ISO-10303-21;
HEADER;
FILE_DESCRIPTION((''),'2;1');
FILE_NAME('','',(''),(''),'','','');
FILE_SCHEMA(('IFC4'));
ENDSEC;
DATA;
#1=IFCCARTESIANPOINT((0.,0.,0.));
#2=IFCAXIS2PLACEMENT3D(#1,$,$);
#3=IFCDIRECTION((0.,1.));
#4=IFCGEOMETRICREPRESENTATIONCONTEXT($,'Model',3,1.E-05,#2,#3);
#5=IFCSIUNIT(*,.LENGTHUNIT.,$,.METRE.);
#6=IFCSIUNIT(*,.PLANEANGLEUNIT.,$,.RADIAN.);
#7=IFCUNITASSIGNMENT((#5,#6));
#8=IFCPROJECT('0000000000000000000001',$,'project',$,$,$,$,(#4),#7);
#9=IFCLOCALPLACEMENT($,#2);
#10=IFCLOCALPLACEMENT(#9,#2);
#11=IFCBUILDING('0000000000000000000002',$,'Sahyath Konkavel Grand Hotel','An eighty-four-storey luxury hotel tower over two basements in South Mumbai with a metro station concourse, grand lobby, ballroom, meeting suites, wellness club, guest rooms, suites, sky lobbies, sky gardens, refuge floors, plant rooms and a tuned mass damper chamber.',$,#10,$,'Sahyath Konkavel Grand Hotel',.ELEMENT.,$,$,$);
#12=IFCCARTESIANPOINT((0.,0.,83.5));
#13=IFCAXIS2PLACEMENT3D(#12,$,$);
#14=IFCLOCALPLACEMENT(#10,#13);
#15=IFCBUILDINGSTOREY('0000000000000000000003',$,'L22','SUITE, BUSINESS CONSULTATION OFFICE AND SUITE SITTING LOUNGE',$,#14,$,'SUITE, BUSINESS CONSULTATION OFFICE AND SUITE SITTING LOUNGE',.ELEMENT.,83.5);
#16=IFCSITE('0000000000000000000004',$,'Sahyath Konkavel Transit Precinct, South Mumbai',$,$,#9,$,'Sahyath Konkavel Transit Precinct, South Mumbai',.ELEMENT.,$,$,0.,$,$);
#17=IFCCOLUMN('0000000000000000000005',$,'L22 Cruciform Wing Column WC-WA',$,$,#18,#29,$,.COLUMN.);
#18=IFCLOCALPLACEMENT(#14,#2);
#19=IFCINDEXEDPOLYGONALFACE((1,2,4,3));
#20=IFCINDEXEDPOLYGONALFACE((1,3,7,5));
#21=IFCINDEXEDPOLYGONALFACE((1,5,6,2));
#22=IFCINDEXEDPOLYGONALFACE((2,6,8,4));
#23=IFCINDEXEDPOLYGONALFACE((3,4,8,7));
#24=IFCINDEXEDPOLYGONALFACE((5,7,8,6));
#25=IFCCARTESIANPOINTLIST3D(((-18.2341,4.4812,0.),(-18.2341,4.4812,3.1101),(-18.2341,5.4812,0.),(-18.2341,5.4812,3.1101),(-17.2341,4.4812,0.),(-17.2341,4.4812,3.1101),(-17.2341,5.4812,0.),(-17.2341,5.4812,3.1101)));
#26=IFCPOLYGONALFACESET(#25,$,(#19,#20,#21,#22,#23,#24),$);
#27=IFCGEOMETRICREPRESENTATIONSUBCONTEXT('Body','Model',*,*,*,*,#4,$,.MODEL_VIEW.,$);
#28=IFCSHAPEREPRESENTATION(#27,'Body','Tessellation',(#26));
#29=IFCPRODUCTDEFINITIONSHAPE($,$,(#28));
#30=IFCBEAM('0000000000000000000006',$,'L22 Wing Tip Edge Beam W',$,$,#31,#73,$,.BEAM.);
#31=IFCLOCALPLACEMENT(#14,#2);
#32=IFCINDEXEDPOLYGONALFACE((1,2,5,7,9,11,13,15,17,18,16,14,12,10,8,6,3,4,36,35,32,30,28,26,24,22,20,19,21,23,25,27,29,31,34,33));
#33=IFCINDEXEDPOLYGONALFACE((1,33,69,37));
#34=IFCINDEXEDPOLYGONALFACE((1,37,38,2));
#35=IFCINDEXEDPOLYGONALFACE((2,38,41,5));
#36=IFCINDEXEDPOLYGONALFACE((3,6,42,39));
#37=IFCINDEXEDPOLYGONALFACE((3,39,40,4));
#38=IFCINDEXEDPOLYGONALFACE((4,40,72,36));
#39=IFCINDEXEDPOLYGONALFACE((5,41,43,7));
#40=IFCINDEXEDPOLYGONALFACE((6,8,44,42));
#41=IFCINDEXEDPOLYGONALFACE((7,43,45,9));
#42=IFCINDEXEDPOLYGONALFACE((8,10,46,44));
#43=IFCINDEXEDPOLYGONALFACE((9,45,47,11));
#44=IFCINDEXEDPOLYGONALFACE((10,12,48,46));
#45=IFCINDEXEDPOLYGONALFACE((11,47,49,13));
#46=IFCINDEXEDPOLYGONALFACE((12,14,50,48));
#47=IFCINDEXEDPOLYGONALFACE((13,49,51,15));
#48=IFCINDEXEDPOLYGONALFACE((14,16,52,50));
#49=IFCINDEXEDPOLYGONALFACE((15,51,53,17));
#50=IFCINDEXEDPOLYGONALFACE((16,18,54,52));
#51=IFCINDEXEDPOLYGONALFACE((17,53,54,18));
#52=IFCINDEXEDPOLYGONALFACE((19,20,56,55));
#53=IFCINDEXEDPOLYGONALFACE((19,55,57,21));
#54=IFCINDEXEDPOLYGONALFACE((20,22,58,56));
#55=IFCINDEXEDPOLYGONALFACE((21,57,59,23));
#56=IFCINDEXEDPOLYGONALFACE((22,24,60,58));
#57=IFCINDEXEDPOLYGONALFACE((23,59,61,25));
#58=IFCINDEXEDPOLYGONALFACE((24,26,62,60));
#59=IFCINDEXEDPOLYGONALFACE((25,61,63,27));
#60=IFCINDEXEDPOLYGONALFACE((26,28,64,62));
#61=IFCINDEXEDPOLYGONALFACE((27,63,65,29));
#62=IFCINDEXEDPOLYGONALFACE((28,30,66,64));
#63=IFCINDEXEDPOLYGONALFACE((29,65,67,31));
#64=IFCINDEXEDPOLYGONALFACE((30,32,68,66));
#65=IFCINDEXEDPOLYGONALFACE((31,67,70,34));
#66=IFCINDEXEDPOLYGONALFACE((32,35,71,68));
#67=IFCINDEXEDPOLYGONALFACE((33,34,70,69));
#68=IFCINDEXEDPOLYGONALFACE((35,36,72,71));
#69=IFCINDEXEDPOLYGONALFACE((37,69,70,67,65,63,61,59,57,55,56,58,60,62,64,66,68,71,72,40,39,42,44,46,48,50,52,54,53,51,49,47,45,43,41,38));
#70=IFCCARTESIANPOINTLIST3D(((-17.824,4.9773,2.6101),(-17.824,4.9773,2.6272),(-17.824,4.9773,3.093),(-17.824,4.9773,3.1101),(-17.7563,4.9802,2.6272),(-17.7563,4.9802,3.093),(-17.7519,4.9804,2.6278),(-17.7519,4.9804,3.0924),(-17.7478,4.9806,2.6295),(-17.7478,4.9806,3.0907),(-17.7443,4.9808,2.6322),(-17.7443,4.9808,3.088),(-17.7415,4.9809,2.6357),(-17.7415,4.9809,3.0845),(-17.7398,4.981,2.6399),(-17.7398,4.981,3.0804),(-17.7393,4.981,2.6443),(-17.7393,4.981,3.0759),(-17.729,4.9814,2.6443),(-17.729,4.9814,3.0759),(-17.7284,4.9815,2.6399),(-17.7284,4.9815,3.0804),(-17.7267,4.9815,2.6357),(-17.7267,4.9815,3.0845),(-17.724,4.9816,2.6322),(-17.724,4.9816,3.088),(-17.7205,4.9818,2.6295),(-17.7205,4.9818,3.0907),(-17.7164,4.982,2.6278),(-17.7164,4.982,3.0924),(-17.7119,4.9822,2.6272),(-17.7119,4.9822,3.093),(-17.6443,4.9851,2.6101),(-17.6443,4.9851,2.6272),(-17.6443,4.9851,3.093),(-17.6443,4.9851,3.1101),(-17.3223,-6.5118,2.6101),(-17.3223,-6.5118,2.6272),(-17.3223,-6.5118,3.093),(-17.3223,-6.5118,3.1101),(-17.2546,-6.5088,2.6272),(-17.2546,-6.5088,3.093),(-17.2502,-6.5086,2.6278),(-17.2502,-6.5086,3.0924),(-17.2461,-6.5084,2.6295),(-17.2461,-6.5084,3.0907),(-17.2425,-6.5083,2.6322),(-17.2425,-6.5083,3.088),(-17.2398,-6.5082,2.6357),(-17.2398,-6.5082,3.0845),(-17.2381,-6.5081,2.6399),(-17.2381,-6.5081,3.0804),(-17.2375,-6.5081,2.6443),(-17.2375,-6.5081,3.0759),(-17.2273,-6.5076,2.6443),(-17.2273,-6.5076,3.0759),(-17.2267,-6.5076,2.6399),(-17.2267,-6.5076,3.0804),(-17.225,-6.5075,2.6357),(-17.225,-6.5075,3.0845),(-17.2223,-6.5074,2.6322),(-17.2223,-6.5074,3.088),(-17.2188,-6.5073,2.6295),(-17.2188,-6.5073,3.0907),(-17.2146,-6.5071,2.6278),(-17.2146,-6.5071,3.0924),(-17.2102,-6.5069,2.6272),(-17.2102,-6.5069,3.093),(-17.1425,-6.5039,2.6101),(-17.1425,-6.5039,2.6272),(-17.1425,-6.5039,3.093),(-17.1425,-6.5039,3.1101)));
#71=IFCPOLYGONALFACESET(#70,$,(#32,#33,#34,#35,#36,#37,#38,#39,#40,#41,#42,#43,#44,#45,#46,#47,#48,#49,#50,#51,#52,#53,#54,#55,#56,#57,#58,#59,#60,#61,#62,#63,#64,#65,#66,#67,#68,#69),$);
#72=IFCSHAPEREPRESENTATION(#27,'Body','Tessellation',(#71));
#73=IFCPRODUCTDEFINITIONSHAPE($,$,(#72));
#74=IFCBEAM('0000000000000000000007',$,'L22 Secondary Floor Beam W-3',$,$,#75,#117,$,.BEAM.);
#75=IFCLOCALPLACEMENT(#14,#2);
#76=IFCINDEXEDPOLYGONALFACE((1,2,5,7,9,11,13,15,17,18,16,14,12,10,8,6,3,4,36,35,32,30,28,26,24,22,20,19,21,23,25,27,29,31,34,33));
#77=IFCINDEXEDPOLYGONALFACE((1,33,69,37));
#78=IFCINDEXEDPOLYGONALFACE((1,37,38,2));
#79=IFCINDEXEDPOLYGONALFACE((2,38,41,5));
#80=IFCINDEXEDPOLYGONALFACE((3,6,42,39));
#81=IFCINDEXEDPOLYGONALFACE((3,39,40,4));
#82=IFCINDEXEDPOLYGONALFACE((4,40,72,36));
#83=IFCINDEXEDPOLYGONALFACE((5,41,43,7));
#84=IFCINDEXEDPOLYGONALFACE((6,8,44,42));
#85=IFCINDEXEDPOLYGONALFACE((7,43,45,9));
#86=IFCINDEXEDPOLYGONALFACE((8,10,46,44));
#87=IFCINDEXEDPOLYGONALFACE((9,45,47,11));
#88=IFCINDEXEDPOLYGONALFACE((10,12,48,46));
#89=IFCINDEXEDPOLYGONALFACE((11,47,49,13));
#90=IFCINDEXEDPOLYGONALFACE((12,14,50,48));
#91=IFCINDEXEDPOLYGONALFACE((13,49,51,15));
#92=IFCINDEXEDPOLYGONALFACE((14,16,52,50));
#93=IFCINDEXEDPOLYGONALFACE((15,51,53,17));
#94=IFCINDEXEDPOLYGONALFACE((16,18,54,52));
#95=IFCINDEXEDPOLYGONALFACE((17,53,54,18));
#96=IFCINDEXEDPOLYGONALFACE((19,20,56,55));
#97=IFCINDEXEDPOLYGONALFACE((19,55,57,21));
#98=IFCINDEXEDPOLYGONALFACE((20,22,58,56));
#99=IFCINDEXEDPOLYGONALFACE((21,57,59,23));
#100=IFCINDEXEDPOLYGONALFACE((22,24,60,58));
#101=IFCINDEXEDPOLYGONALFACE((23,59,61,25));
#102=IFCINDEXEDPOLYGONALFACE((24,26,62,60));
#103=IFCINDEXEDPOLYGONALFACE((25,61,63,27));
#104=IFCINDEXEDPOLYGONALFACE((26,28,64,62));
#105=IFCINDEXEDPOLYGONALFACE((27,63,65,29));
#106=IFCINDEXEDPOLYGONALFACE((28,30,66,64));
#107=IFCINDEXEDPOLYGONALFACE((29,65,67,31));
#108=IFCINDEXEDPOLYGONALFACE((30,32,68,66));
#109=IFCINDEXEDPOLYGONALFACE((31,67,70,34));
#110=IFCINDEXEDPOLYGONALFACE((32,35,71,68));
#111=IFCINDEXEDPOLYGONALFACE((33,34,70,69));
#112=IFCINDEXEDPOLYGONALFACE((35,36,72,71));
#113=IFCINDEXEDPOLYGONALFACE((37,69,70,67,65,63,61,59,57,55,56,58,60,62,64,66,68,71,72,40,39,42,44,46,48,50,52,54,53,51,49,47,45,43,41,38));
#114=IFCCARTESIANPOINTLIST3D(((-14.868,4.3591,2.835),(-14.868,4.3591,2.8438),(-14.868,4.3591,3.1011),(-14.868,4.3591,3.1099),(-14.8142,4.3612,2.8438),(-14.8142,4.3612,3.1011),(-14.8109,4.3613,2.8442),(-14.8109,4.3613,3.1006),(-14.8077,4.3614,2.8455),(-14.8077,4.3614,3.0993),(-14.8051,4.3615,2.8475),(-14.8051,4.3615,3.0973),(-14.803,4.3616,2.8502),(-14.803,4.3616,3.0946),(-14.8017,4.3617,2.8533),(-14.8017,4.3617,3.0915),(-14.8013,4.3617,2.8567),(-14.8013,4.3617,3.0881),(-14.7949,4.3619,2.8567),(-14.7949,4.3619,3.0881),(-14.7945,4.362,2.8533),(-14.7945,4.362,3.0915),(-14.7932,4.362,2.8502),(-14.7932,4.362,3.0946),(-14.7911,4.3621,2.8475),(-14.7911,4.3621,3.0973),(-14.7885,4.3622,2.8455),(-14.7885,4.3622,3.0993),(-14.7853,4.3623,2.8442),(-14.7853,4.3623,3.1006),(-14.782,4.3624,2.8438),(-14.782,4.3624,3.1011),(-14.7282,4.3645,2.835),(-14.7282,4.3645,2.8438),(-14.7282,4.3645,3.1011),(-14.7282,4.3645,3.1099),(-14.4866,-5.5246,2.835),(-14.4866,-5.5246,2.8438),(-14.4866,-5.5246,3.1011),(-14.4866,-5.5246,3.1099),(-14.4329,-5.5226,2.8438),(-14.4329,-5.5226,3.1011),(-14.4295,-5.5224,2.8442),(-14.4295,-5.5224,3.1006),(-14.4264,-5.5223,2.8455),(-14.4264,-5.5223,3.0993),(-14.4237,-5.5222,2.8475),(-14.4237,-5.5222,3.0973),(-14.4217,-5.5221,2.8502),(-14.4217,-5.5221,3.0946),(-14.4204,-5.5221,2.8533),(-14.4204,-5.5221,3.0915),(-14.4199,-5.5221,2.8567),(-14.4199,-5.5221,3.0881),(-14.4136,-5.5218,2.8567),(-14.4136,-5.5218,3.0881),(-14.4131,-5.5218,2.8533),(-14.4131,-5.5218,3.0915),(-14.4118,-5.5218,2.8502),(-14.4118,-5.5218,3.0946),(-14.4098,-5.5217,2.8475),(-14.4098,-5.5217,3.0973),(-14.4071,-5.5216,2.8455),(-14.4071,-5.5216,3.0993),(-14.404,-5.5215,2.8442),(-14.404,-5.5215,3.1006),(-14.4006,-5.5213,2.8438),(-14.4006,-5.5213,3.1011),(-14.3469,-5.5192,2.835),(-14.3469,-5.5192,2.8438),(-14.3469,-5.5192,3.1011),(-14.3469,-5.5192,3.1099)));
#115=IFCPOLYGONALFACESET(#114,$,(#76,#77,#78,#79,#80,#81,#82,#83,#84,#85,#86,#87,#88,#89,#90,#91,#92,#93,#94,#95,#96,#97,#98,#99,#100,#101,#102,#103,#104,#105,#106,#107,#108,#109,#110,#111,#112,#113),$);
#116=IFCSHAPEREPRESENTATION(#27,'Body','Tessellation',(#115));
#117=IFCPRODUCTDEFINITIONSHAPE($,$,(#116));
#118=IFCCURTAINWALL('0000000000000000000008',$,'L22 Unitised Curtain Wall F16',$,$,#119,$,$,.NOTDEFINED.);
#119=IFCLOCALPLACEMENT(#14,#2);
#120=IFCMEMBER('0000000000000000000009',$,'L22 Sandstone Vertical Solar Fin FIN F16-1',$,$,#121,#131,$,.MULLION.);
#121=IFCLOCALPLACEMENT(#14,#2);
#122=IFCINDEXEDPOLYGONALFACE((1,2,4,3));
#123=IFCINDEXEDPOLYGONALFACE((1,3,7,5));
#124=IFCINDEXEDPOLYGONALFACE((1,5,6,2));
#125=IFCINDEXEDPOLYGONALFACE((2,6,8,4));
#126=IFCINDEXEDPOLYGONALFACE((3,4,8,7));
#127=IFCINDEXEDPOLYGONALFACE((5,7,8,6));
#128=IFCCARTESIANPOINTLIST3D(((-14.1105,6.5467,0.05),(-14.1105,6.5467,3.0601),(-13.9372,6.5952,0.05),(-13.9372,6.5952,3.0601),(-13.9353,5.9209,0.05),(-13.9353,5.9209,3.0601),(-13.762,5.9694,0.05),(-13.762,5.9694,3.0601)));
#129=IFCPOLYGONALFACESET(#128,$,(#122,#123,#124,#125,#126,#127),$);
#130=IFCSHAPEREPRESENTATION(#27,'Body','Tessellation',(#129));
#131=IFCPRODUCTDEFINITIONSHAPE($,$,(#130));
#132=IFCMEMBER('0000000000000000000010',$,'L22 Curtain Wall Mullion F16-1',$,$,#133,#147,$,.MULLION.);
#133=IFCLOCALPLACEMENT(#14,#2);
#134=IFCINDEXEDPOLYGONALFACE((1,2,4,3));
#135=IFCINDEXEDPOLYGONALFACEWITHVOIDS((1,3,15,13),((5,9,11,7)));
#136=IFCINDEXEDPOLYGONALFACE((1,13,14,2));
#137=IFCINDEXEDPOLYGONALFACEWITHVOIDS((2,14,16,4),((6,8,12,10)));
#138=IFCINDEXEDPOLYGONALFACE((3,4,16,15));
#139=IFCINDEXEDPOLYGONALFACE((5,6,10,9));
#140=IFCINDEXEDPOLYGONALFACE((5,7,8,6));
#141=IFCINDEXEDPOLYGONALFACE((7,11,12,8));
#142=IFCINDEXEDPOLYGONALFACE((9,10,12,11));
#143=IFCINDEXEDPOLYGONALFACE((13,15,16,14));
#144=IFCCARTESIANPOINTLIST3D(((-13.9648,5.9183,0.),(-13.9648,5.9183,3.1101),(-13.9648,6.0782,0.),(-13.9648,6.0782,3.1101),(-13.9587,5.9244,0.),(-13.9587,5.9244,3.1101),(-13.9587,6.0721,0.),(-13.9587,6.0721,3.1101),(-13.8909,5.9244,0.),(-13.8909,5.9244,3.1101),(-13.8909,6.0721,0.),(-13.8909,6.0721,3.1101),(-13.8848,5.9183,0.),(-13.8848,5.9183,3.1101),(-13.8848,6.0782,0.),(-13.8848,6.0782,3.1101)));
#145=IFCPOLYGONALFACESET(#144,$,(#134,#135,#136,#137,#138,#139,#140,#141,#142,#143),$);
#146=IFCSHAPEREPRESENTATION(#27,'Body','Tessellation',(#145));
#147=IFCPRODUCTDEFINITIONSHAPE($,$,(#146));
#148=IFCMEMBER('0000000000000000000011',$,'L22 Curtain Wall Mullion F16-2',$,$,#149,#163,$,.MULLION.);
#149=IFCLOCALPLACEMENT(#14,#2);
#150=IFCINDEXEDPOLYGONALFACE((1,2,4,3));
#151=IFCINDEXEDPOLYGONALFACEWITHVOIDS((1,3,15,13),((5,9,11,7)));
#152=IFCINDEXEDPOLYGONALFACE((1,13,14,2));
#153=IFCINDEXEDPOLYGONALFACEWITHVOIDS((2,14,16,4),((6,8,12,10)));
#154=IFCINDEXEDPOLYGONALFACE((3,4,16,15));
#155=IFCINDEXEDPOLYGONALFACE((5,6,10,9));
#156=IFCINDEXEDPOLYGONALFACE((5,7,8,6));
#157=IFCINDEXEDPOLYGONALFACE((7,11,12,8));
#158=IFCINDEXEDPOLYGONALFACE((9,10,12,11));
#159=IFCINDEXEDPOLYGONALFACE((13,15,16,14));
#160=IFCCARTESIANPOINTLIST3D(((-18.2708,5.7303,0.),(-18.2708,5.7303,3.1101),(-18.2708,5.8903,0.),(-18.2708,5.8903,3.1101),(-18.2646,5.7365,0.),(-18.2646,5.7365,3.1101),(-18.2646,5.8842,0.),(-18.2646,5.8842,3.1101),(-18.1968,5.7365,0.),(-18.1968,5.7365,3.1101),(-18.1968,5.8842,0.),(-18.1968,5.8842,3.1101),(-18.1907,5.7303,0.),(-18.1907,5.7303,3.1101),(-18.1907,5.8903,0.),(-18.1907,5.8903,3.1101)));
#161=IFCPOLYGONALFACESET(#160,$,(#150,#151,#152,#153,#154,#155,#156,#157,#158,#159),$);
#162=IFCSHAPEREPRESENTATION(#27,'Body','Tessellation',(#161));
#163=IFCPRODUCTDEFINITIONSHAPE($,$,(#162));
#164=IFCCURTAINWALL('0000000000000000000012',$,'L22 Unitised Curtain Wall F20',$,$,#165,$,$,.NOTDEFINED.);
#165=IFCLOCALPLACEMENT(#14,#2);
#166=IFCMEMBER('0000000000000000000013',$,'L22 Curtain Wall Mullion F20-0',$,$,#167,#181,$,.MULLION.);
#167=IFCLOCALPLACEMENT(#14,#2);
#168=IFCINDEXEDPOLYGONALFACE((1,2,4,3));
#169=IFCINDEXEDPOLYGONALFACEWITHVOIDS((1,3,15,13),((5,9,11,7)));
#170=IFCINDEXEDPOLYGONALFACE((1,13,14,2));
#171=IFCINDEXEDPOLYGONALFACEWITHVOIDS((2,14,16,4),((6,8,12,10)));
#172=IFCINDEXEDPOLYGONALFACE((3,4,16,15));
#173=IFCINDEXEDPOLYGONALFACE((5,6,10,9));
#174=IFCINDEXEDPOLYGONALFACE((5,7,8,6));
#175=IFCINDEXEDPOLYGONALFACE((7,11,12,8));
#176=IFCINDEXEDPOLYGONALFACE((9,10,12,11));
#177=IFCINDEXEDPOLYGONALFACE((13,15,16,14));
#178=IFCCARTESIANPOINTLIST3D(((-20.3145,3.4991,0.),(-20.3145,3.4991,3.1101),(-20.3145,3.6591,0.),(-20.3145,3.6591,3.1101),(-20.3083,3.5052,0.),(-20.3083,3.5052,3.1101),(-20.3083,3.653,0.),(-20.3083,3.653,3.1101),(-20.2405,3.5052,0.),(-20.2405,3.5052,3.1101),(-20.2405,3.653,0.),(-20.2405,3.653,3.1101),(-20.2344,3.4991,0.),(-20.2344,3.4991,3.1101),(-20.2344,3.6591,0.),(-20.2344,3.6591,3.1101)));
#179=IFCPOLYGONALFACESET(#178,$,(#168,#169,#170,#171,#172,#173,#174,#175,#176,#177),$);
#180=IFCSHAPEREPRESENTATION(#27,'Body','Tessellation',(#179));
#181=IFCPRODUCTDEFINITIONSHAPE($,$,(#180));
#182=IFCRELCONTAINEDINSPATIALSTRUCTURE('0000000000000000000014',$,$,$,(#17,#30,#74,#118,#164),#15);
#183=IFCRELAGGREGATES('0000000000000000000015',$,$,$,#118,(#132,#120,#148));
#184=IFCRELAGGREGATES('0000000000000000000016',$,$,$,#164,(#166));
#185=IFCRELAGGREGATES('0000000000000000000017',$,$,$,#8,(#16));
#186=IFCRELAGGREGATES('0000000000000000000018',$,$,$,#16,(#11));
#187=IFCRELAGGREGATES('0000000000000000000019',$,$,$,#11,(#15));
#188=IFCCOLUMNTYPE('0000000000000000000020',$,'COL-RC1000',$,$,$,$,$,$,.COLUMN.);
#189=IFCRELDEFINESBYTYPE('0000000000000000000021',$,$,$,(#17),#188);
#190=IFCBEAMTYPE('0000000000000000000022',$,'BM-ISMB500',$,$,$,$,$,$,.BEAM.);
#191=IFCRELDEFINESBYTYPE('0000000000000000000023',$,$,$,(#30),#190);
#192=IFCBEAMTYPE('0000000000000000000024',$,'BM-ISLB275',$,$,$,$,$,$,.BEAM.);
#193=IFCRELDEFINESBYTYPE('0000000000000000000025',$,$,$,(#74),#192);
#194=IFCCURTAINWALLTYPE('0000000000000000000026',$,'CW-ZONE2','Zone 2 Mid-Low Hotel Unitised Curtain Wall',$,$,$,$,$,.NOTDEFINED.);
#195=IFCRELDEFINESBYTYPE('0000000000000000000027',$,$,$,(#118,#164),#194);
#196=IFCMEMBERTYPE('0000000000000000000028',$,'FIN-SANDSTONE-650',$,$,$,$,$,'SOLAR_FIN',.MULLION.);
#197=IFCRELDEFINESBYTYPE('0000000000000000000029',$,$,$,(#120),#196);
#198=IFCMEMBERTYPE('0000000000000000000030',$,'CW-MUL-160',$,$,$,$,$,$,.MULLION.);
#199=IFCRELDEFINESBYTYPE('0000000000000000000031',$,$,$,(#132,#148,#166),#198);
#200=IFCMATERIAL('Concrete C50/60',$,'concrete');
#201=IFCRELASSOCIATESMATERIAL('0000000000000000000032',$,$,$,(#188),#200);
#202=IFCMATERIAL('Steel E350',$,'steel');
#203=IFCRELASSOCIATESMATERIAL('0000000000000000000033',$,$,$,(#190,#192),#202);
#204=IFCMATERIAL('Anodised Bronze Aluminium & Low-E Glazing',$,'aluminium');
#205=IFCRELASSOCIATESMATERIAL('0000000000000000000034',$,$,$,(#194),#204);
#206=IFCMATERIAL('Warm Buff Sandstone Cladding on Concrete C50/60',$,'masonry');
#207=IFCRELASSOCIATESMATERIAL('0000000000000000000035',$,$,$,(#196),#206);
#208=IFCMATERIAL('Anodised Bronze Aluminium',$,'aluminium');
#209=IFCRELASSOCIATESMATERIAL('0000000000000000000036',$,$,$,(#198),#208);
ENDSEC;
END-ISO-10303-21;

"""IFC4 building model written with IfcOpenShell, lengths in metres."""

from ifc_helpers import new_model, si_unit, direction, frame, origin, origin_2d, place, context, subcontext, project, spatial, rectangle, hollow_rectangle, i_section, extrude, source, transform, mapped, material, material_profile, profile_set, type_object, element, aggregate, save


model = new_model("IFC4")

# Units and contexts
model_context = context("Model", 3, precision=1e-05, world=origin(), true_north=direction((0.0, 1.0)))
body_context = subcontext(model_context, "Body", "Model", "MODEL_VIEW")
ifc_project = project(units=[si_unit("LENGTHUNIT", "METRE"), si_unit("PLANEANGLEUNIT", "RADIAN")], contexts=[model_context])

# Site, building, storey
site_placement = place(None, origin())
site = spatial("IfcSite", under=ifc_project, at=site_placement, Name="Sahyath Konkavel Transit Precinct, South Mumbai", LongName="Sahyath Konkavel Transit Precinct, South Mumbai", CompositionType="ELEMENT", RefElevation=0.0)
building_placement = place(site_placement, origin())
building = spatial("IfcBuilding", under=site, at=building_placement, Name="Sahyath Konkavel Grand Hotel", Description="An eighty-four-storey luxury hotel tower over two basements in South Mumbai with a metro station concourse, grand lobby, ballroom, meeting suites, wellness club, guest rooms, suites, sky lobbies, sky gardens, refuge floors, plant rooms and a tuned mass damper chamber.", LongName="Sahyath Konkavel Grand Hotel", CompositionType="ELEMENT")
storey_placement = place(building_placement, frame((0.0, 0.0, 83.5)))
storey = spatial("IfcBuildingStorey", under=building, at=storey_placement, Name="L22", Description="SUITE, BUSINESS CONSULTATION OFFICE AND SUITE SITTING LOUNGE", LongName="SUITE, BUSINESS CONSULTATION OFFICE AND SUITE SITTING LOUNGE", CompositionType="ELEMENT", Elevation=83.5)

# Column
ifc_material_1 = material(Name="Concrete C50/60", Category="concrete")
ifc_material_profile_1 = material_profile(ifc_material_1, rectangle(XDim=1.0, YDim=1.0, at=origin_2d()), Name="RC 1000x1000")
ifc_profile_set_1 = profile_set([ifc_material_profile_1], Name="Concrete C50/60")
column_type = type_object("IfcColumnType", Name="COL-RC1000", PredefinedType="COLUMN", material=ifc_profile_set_1)
shared_shape_1 = source(origin(), body_context, "Body", "SweptSolid", [
    extrude(rectangle(XDim=1.0, YDim=1.0, at=origin_2d()), origin(), (0.0, 0.0, 1.0), 3.1101),
])
column_placement = place(storey_placement, frame((-17.7341, 4.9812, 0.0), z_axis=(0.0, 0.0, 1.0), x_axis=(1.0, 0.0, 0.0)))
element("IfcColumn", 1, at=column_placement, inside=storey, type_object=column_type, Name="L22 Cruciform Wing Column WC-WA", PredefinedType="COLUMN", context=body_context, shape_type="MappedRepresentation", body=[
    mapped(shared_shape_1, transform((0.0, 0.0, 0.0), scale=1.0)),
])

# Beams
ifc_material_2 = material(Name="Steel E350", Category="steel")
ifc_material_profile_2 = material_profile(ifc_material_2, i_section(OverallWidth=0.1799, OverallDepth=0.5, WebThickness=0.0103, FlangeThickness=0.0171, FilletRadius=0.0171, at=origin_2d()), Name="ISMB 500")
ifc_profile_set_2 = profile_set([ifc_material_profile_2], Name="Steel E350")
beam_type_1 = type_object("IfcBeamType", Name="BM-ISMB500", PredefinedType="BEAM", material=ifc_profile_set_2)
shared_shape_2 = source(origin(), body_context, "Body", "SweptSolid", [
    extrude(i_section(OverallWidth=0.1799, OverallDepth=0.5, WebThickness=0.0103, FlangeThickness=0.0171, FilletRadius=0.0171, at=origin_2d()), origin(), (0.0, 0.0, 1.0), 11.5),
])
beam_1_placement = place(storey_placement, frame((-17.7341, 4.9812, 2.8601), z_axis=(0.043627, -0.999048, 0.0), x_axis=(0.999048, 0.043627, 0.0)))
element("IfcBeam", 2, at=beam_1_placement, inside=storey, type_object=beam_type_1, Name="L22 Wing Tip Edge Beam W", PredefinedType="BEAM", context=body_context, shape_type="MappedRepresentation", body=[
    mapped(shared_shape_2, transform((0.0, 0.0, 0.0), scale=1.0)),
])
ifc_material_profile_3 = material_profile(ifc_material_2, i_section(OverallWidth=0.1399, OverallDepth=0.2749, WebThickness=0.0063, FlangeThickness=0.0088, FilletRadius=0.0129, at=origin_2d()), Name="ISLB 275")
ifc_profile_set_3 = profile_set([ifc_material_profile_3], Name="Steel E350")
beam_type_2 = type_object("IfcBeamType", Name="BM-ISLB275", PredefinedType="BEAM", material=ifc_profile_set_3)
shared_shape_3 = source(origin(), body_context, "Body", "SweptSolid", [
    extrude(i_section(OverallWidth=0.1399, OverallDepth=0.2749, WebThickness=0.0063, FlangeThickness=0.0088, FilletRadius=0.0129, at=origin_2d()), origin(), (0.0, 0.0, 1.0), 9.8911),
])
beam_2_placement = place(storey_placement, frame((-14.7981, 4.3618, 2.9724), z_axis=(0.038554, -0.999257, 0.0), x_axis=(0.999257, 0.038554, 0.0)))
element("IfcBeam", 3, at=beam_2_placement, inside=storey, type_object=beam_type_2, Name="L22 Secondary Floor Beam W-3", PredefinedType="BEAM", context=body_context, shape_type="MappedRepresentation", body=[
    mapped(shared_shape_3, transform((0.0, 0.0, 0.0), scale=1.0)),
])

# Curtain walls, members
ifc_material_3 = material(Name="Anodised Bronze Aluminium & Low-E Glazing", Category="aluminium")
curtain_wall_type = type_object("IfcCurtainWallType", Name="CW-ZONE2", Description="Zone 2 Mid-Low Hotel Unitised Curtain Wall", PredefinedType="NOTDEFINED", material=ifc_material_3)
curtain_wall_1_placement = place(storey_placement, origin())
curtain_wall_1 = element("IfcCurtainWall", 4, at=curtain_wall_1_placement, inside=storey, type_object=curtain_wall_type, Name="L22 Unitised Curtain Wall F16", PredefinedType="NOTDEFINED")
ifc_material_4 = material(Name="Warm Buff Sandstone Cladding on Concrete C50/60", Category="masonry")
ifc_material_profile_4 = material_profile(ifc_material_4, rectangle(XDim=0.1799, YDim=0.6499, at=origin_2d()), Name="FIN 180x650")
ifc_profile_set_4 = profile_set([ifc_material_profile_4], Name="Warm Buff Sandstone Cladding on Concrete C50/60")
member_type_1 = type_object("IfcMemberType", Name="FIN-SANDSTONE-650", ElementType="SOLAR_FIN", PredefinedType="MULLION", material=ifc_profile_set_4)
shared_shape_4 = source(origin(), body_context, "Body", "SweptSolid", [
    extrude(rectangle(XDim=0.1799, YDim=0.6499, at=origin_2d()), origin(), (0.0, 0.0, 1.0), 3.01),
])
member_1_placement = place(storey_placement, frame((-13.9363, 6.2581, 0.05), z_axis=(0.0, 0.0, 1.0), x_axis=(0.962975, 0.269592, 0.0)))
member_1 = element("IfcMember", 5, at=member_1_placement, type_object=member_type_1, Name="L22 Sandstone Vertical Solar Fin FIN F16-1", PredefinedType="MULLION", context=body_context, shape_type="MappedRepresentation", body=[
    mapped(shared_shape_4, transform((0.0, 0.0, 0.0), scale=1.0)),
])
ifc_material_5 = material(Name="Anodised Bronze Aluminium", Category="aluminium")
ifc_material_profile_5 = material_profile(ifc_material_5, hollow_rectangle(XDim=0.0801, YDim=0.1599, WallThickness=0.0061, at=origin_2d()), Name="RHS 160x80x6")
ifc_profile_set_5 = profile_set([ifc_material_profile_5], Name="Anodised Bronze Aluminium")
member_type_2 = type_object("IfcMemberType", Name="CW-MUL-160", PredefinedType="MULLION", material=ifc_profile_set_5)
shared_shape_5 = source(origin(), body_context, "Body", "SweptSolid", [
    extrude(hollow_rectangle(XDim=0.0801, YDim=0.1599, WallThickness=0.0061, at=origin_2d()), origin(), (0.0, 0.0, 1.0), 3.1101),
])
member_2_placement = place(storey_placement, frame((-13.9248, 5.9983, 0.0), z_axis=(0.0, 0.0, 1.0), x_axis=(1.0, 0.0, 0.0)))
member_2 = element("IfcMember", 6, at=member_2_placement, type_object=member_type_2, Name="L22 Curtain Wall Mullion F16-1", PredefinedType="MULLION", context=body_context, shape_type="MappedRepresentation", body=[
    mapped(shared_shape_5, transform((0.0, 0.0, 0.0), scale=1.0)),
])
member_3_placement = place(storey_placement, frame((-18.2307, 5.8103, 0.0), z_axis=(0.0, 0.0, 1.0), x_axis=(1.0, 0.0, 0.0)))
member_3 = element("IfcMember", 7, at=member_3_placement, type_object=member_type_2, Name="L22 Curtain Wall Mullion F16-2", PredefinedType="MULLION", context=body_context, shape_type="MappedRepresentation", body=[
    mapped(shared_shape_5, transform((0.0, 0.0, 0.0), scale=1.0)),
])
curtain_wall_2_placement = place(storey_placement, origin())
curtain_wall_2 = element("IfcCurtainWall", 8, at=curtain_wall_2_placement, inside=storey, type_object=curtain_wall_type, Name="L22 Unitised Curtain Wall F20", PredefinedType="NOTDEFINED")
member_4_placement = place(storey_placement, frame((-20.2744, 3.5791, 0.0), z_axis=(0.0, 0.0, 1.0), x_axis=(1.0, 0.0, 0.0)))
member_4 = element("IfcMember", 9, at=member_4_placement, type_object=member_type_2, Name="L22 Curtain Wall Mullion F20-0", PredefinedType="MULLION", context=body_context, shape_type="MappedRepresentation", body=[
    mapped(shared_shape_5, transform((0.0, 0.0, 0.0), scale=1.0)),
])

aggregate(curtain_wall_1, [member_2, member_1, member_3])
aggregate(curtain_wall_2, [member_4])

save(model, "model.ifc")
